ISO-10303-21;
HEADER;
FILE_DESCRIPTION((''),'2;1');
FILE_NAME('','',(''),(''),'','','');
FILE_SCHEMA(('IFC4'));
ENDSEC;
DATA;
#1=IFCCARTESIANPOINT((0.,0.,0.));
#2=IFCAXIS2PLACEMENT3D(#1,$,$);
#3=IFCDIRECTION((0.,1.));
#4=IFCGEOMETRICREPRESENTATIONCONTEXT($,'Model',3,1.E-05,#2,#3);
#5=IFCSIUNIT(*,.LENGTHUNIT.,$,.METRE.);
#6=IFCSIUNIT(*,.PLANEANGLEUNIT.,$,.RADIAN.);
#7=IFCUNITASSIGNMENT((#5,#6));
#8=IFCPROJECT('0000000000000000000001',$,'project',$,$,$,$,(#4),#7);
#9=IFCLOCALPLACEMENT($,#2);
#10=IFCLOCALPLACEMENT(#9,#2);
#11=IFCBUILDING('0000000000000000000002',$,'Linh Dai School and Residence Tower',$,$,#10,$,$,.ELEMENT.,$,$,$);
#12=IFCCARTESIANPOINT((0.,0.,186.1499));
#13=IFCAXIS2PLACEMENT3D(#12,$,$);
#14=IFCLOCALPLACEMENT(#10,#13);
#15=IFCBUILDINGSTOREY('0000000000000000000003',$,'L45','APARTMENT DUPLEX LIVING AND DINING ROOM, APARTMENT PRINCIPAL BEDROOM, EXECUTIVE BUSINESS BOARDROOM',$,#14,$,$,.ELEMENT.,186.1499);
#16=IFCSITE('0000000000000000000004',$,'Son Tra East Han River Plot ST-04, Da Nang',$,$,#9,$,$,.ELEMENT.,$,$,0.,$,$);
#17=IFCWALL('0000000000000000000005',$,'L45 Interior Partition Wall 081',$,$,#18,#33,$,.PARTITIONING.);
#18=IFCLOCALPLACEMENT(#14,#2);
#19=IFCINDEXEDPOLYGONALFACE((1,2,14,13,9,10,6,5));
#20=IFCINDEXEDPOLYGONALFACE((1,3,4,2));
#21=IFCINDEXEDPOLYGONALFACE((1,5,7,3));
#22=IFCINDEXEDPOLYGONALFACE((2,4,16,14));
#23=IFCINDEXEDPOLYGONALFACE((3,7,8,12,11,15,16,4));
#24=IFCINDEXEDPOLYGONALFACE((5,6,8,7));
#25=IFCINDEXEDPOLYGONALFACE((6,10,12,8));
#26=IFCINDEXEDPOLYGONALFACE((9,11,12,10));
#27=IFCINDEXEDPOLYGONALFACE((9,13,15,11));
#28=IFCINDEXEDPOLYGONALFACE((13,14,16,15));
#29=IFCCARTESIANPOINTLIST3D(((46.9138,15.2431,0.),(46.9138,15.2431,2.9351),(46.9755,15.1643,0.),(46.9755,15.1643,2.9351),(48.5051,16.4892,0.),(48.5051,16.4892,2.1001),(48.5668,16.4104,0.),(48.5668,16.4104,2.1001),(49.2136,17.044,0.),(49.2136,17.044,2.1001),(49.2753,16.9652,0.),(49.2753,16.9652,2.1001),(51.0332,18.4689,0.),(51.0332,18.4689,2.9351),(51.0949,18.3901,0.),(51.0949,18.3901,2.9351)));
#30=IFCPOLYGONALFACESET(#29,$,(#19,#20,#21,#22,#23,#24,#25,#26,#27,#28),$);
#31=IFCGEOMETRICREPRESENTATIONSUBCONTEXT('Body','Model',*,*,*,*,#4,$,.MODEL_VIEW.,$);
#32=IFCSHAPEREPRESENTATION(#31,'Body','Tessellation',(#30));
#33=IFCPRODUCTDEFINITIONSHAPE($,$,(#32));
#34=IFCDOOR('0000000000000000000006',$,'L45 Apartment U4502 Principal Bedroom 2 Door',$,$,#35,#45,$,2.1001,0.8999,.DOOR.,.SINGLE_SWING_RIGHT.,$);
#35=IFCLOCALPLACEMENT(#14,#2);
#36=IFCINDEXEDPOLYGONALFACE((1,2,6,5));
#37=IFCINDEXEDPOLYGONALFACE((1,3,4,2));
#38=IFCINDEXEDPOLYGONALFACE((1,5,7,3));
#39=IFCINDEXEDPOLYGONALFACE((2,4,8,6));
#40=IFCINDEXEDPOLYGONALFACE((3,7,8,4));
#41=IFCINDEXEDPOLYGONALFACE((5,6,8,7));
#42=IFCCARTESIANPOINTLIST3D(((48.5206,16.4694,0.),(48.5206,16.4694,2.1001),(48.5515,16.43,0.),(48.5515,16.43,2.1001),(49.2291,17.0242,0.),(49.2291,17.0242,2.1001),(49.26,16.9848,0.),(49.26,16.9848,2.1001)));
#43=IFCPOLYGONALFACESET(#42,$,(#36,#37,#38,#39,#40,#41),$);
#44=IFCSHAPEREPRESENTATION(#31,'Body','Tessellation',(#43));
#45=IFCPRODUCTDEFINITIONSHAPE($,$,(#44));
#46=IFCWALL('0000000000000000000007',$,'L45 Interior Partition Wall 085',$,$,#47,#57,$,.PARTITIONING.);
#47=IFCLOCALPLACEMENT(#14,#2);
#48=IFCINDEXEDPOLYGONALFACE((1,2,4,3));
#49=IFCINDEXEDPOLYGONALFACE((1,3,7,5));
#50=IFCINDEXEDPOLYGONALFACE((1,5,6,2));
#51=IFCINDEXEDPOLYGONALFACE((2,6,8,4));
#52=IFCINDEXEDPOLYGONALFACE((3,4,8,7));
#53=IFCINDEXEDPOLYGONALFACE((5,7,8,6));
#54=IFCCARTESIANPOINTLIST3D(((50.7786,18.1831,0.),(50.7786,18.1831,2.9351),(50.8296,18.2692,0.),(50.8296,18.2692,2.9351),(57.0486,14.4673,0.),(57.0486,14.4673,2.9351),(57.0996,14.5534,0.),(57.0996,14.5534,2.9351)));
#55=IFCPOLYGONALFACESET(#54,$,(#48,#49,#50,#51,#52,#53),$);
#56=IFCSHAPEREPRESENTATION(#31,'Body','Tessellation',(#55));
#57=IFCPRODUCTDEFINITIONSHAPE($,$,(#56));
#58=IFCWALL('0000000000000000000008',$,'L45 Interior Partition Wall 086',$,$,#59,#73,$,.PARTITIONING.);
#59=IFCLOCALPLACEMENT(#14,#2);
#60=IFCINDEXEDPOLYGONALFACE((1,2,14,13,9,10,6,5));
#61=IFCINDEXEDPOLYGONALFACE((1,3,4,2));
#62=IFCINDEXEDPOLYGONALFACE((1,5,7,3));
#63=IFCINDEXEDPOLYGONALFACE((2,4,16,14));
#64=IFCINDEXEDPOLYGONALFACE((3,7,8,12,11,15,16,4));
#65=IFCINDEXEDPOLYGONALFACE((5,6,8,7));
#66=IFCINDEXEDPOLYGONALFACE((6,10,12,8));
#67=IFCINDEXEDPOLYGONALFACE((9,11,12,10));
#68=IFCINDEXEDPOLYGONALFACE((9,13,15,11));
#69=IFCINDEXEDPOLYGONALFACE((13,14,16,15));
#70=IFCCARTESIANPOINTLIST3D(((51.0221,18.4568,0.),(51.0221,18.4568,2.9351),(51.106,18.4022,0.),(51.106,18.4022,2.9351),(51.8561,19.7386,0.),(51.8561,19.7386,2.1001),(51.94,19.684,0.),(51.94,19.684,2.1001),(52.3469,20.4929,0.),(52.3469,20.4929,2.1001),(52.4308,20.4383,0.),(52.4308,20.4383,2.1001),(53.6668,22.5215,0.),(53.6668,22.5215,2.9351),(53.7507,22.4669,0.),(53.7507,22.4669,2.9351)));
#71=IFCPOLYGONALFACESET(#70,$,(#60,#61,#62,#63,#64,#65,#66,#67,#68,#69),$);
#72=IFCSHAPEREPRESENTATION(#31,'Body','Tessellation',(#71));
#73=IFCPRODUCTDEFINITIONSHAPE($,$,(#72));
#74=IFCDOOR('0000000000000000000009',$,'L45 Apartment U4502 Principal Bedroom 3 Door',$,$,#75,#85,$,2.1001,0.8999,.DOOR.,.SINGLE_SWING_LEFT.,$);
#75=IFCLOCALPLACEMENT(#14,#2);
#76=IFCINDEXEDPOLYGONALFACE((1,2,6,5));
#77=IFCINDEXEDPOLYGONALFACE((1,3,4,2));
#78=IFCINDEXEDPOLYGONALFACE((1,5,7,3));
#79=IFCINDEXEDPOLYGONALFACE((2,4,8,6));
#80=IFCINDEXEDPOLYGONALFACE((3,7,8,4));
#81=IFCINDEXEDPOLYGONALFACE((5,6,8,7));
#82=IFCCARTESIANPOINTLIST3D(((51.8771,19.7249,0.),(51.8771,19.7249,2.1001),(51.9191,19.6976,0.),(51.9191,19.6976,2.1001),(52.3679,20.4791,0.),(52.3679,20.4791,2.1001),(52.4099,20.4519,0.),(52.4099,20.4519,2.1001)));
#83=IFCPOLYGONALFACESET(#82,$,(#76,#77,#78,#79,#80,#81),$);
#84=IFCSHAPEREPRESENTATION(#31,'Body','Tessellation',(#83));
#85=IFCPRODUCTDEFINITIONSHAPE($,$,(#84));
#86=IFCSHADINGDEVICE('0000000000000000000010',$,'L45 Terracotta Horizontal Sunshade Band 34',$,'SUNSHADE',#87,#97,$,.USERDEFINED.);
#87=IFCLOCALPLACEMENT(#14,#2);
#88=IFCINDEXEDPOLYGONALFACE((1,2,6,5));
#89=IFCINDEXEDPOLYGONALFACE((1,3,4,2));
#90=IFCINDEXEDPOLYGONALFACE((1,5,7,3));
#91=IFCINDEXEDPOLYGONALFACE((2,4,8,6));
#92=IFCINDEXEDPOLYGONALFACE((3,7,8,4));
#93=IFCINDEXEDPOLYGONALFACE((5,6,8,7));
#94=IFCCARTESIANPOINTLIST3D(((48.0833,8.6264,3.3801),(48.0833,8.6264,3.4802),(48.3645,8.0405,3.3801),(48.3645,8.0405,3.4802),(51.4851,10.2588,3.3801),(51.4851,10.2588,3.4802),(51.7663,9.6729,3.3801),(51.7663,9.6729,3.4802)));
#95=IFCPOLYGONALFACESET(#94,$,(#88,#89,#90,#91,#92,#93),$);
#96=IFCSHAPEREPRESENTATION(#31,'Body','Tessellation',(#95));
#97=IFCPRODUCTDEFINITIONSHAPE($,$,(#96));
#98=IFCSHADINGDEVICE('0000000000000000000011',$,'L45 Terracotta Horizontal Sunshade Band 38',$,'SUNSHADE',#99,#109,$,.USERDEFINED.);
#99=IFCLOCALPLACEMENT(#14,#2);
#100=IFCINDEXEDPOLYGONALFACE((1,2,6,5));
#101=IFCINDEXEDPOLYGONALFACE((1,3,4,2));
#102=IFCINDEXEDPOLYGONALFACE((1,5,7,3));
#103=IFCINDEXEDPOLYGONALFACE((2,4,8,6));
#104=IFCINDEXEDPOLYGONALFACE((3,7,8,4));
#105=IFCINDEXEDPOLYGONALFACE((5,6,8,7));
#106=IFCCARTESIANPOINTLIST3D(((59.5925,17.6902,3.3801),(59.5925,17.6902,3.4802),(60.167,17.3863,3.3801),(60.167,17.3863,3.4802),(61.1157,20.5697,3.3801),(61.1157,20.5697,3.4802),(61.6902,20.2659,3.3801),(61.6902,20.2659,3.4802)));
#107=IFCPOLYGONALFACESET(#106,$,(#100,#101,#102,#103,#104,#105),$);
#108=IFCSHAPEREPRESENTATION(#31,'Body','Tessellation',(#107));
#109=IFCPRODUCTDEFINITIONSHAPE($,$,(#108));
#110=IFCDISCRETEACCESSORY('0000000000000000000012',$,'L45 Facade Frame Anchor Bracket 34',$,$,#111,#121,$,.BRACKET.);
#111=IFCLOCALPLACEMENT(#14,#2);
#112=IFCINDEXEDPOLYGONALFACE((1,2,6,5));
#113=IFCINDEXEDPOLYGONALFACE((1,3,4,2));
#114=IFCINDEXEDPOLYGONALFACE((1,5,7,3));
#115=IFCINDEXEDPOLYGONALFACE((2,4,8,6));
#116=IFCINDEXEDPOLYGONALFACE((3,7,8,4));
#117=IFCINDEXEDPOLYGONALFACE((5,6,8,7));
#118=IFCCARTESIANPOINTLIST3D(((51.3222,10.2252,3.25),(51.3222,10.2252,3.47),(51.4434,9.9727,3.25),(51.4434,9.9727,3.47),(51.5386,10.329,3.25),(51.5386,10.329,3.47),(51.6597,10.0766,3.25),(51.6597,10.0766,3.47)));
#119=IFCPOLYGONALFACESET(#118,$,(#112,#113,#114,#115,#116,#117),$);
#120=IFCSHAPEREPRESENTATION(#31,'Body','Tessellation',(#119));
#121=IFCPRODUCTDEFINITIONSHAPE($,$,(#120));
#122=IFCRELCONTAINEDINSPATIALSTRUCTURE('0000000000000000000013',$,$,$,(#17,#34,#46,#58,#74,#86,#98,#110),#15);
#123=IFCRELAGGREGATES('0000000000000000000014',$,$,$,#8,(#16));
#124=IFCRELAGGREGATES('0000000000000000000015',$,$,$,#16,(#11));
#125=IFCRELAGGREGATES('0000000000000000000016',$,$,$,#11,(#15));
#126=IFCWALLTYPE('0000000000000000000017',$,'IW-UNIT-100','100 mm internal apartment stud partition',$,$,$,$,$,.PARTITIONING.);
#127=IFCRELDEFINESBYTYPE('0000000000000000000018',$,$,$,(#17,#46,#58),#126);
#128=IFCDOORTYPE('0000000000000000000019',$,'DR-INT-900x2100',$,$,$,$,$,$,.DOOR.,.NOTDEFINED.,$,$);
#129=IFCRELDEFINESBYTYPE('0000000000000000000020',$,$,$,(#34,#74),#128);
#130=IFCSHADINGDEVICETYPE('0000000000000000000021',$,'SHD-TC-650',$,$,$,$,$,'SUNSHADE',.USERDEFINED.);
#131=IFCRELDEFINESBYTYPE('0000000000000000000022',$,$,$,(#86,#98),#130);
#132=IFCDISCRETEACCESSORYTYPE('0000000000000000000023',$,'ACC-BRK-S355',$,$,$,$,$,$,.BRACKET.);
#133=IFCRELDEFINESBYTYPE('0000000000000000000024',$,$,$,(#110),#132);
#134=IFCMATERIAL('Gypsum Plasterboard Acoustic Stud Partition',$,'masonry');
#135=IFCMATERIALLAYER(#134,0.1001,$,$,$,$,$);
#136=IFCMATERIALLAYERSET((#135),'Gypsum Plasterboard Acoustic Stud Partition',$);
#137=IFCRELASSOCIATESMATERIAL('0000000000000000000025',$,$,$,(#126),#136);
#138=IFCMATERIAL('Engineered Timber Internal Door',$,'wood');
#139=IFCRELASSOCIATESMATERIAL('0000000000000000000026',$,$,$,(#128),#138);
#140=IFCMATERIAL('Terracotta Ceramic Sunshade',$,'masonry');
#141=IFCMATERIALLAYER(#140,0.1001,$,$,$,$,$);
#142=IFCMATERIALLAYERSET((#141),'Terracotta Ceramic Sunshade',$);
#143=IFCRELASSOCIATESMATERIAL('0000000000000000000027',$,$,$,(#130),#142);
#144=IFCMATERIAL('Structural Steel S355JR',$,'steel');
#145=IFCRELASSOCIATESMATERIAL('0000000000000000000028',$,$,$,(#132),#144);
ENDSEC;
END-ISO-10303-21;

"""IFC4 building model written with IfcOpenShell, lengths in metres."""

from ifc_helpers import new_model, si_unit, direction, frame, frame_2d, origin, origin_2d, place, context, subcontext, project, spatial, rectangle, extrude, source, transform, mapped, material, layer, layer_set, type_object, element, fill, save


model = new_model("IFC4")

# Units and contexts
model_context = context("Model", 3, precision=1e-05, world=origin(), true_north=direction((0.0, 1.0)))
body_context = subcontext(model_context, "Body", "Model", "MODEL_VIEW")
ifc_project = project(units=[si_unit("LENGTHUNIT", "METRE"), si_unit("PLANEANGLEUNIT", "RADIAN")], contexts=[model_context])

# Site, building, storey
site_placement = place(None, origin())
site = spatial("IfcSite", under=ifc_project, at=site_placement, Name="Son Tra East Han River Plot ST-04, Da Nang", CompositionType="ELEMENT", RefElevation=0.0)
building_placement = place(site_placement, origin())
building = spatial("IfcBuilding", under=site, at=building_placement, Name="Linh Dai School and Residence Tower", CompositionType="ELEMENT")
storey_placement = place(building_placement, frame((0.0, 0.0, 186.1499)))
storey = spatial("IfcBuildingStorey", under=building, at=storey_placement, Name="L45", Description="APARTMENT DUPLEX LIVING AND DINING ROOM, APARTMENT PRINCIPAL BEDROOM, EXECUTIVE BUSINESS BOARDROOM", CompositionType="ELEMENT", Elevation=186.1499)

# Shared definitions
ifc_material_1 = material(Name="Structural Steel S355JR", Category="steel")

# Shared definitions
ifc_material_2 = material(Name="Gypsum Plasterboard Acoustic Stud Partition", Category="masonry")
ifc_layer_1 = layer(ifc_material_2, 0.1001)
ifc_layer_set_1 = layer_set([ifc_layer_1], Name="Gypsum Plasterboard Acoustic Stud Partition")
wall_type_1 = type_object("IfcWallType", Name="IW-UNIT-100", Description="100 mm internal apartment stud partition", PredefinedType="PARTITIONING", material=ifc_layer_set_1)

# Wall, opening, door
wall_1_placement = place(storey_placement, frame((46.9446, 15.2036, 0.0), z_axis=(0.0, 0.0, 1.0), x_axis=(0.787323, 0.616541, 0.0)))
wall_1 = element("IfcWall", 1, at=wall_1_placement, inside=storey, type_object=wall_type_1, Name="L45 Interior Partition Wall 081", PredefinedType="PARTITIONING", context=body_context, shape_type="SweptSolid", body=[
    extrude(rectangle(XDim=5.2322, YDim=0.1001, at=frame_2d((2.6162, 0.0))), origin(), (0.0, 0.0, 1.0), 2.9351),
])
opening_1_placement = place(wall_1_placement, frame((2.0212, 0.0, 0.0)))
opening_1 = element("IfcOpeningElement", 2, at=opening_1_placement, cuts=wall_1, PredefinedType="OPENING", context=body_context, shape_type="SweptSolid", body=[
    extrude(rectangle(XDim=0.8999, YDim=2.1001, at=origin_2d()), frame((0.45, 0.0601, 1.05), z_axis=(0.0, -1.0, 0.0), x_axis=(1.0, 0.0, 0.0)), (0.0, 0.0, 1.0), 0.1201),
])
ifc_material_3 = material(Name="Engineered Timber Internal Door", Category="wood")
door_type = type_object("IfcDoorType", Name="DR-INT-900x2100", OperationType="NOTDEFINED", PredefinedType="DOOR", material=ifc_material_3)
shared_shape_1 = source(origin(), body_context, "Body", "SweptSolid", [
    extrude(rectangle(XDim=0.8999, YDim=2.1001, at=origin_2d()), frame((0.45, 0.0249, 1.05), z_axis=(0.0, -1.0, 0.0), x_axis=(1.0, 0.0, 0.0)), (0.0, 0.0, 1.0), 0.05),
])
door_1_placement = place(opening_1_placement, origin())
door_1 = element("IfcDoor", 3, at=door_1_placement, inside=storey, type_object=door_type, Name="L45 Apartment U4502 Principal Bedroom 2 Door", OperationType="SINGLE_SWING_RIGHT", OverallHeight=2.1001, OverallWidth=0.8999, PredefinedType="DOOR", context=body_context, shape_type="MappedRepresentation", body=[
    mapped(shared_shape_1, transform((0.0, 0.0, 0.0), x_axis=(1.0, 0.0, 0.0), y_axis=(0.0, 1.0, 0.0), z_axis=(0.0, 0.0, 1.0), scale=1.0)),
])
fill(opening_1, door_1)

# Wall
wall_2_placement = place(storey_placement, frame((50.8042, 18.2261, 0.0), z_axis=(0.0, 0.0, 1.0), x_axis=(0.860276, -0.509828, 0.0)))
element("IfcWall", 4, at=wall_2_placement, inside=storey, type_object=wall_type_1, Name="L45 Interior Partition Wall 085", PredefinedType="PARTITIONING", context=body_context, shape_type="SweptSolid", body=[
    extrude(rectangle(XDim=7.2883, YDim=0.1001, at=frame_2d((3.644, 0.0))), origin(), (0.0, 0.0, 1.0), 2.9351),
])

# Wall, opening, door
wall_3_placement = place(storey_placement, frame((51.064, 18.4294, 0.0), z_axis=(0.0, 0.0, 1.0), x_axis=(0.545383, 0.838187, 0.0)))
wall_3 = element("IfcWall", 5, at=wall_3_placement, inside=storey, type_object=wall_type_1, Name="L45 Interior Partition Wall 086", PredefinedType="PARTITIONING", context=body_context, shape_type="SweptSolid", body=[
    extrude(rectangle(XDim=4.8494, YDim=0.1001, at=frame_2d((2.4248, 0.0))), origin(), (0.0, 0.0, 1.0), 2.9351),
])
opening_2_placement = place(wall_3_placement, frame((1.5293, 0.0, 0.0)))
opening_2 = element("IfcOpeningElement", 6, at=opening_2_placement, cuts=wall_3, PredefinedType="OPENING", context=body_context, shape_type="SweptSolid", body=[
    extrude(rectangle(XDim=0.8999, YDim=2.1001, at=origin_2d()), frame((0.45, 0.0601, 1.05), z_axis=(0.0, -1.0, 0.0), x_axis=(1.0, 0.0, 0.0)), (0.0, 0.0, 1.0), 0.1201),
])
door_2_placement = place(opening_2_placement, origin())
door_2 = element("IfcDoor", 7, at=door_2_placement, inside=storey, type_object=door_type, Name="L45 Apartment U4502 Principal Bedroom 3 Door", OperationType="SINGLE_SWING_LEFT", OverallHeight=2.1001, OverallWidth=0.8999, PredefinedType="DOOR", context=body_context, shape_type="MappedRepresentation", body=[
    mapped(shared_shape_1, transform((0.0, 0.0, 0.0), x_axis=(1.0, 0.0, 0.0), y_axis=(0.0, 1.0, 0.0), z_axis=(0.0, 0.0, 1.0), scale=1.0)),
])
fill(opening_2, door_2)

# Shading devices
ifc_material_4 = material(Name="Terracotta Ceramic Sunshade", Category="masonry")
ifc_layer_2 = layer(ifc_material_4, 0.1001)
ifc_layer_set_2 = layer_set([ifc_layer_2], Name="Terracotta Ceramic Sunshade")
shading_device_type = type_object("IfcShadingDeviceType", Name="SHD-TC-650", ElementType="SUNSHADE", PredefinedType="USERDEFINED", material=ifc_layer_set_2)
shared_shape_2 = source(origin(), body_context, "Body", "SweptSolid", [
    extrude(rectangle(XDim=3.7732, YDim=0.6499, at=origin_2d()), origin(), (0.0, 0.0, 1.0), 0.1001),
])
shading_device_1_placement = place(storey_placement, frame((49.9248, 9.1497, 3.3801), z_axis=(0.0, 0.0, 1.0), x_axis=(-0.901569, -0.432635, 0.0)))
element("IfcShadingDevice", 8, at=shading_device_1_placement, inside=storey, type_object=shading_device_type, Name="L45 Terracotta Horizontal Sunshade Band 34", ObjectType="SUNSHADE", PredefinedType="USERDEFINED", context=body_context, shape_type="MappedRepresentation", body=[
    mapped(shared_shape_2, transform((0.0, 0.0, 0.0), x_axis=(1.0, 0.0, 0.0), y_axis=(0.0, 1.0, 0.0), z_axis=(0.0, 0.0, 1.0), scale=1.0)),
])
shared_shape_3 = source(origin(), body_context, "Body", "SweptSolid", [
    extrude(rectangle(XDim=3.2576, YDim=0.6499, at=origin_2d()), origin(), (0.0, 0.0, 1.0), 0.1001),
])
shading_device_2_placement = place(storey_placement, frame((60.6414, 18.978, 3.3801), z_axis=(0.0, 0.0, 1.0), x_axis=(-0.46758, -0.883951, 0.0)))
element("IfcShadingDevice", 9, at=shading_device_2_placement, inside=storey, type_object=shading_device_type, Name="L45 Terracotta Horizontal Sunshade Band 38", ObjectType="SUNSHADE", PredefinedType="USERDEFINED", context=body_context, shape_type="MappedRepresentation", body=[
    mapped(shared_shape_3, transform((0.0, 0.0, 0.0), x_axis=(1.0, 0.0, 0.0), y_axis=(0.0, 1.0, 0.0), z_axis=(0.0, 0.0, 1.0), scale=1.0)),
])

# Discrete accessory
discrete_accessory_type = type_object("IfcDiscreteAccessoryType", Name="ACC-BRK-S355", PredefinedType="BRACKET", material=ifc_material_1)
shared_shape_4 = source(origin(), body_context, "Body", "SweptSolid", [
    extrude(rectangle(XDim=0.28, YDim=0.24, at=origin_2d()), origin(), (0.0, 0.0, 1.0), 0.22),
])
discrete_accessory_placement = place(storey_placement, frame((51.491, 10.1509, 3.25), z_axis=(0.0, 0.0, 1.0), x_axis=(0.432635, -0.901569, 0.0)))
element("IfcDiscreteAccessory", 10, at=discrete_accessory_placement, inside=storey, type_object=discrete_accessory_type, Name="L45 Facade Frame Anchor Bracket 34", PredefinedType="BRACKET", context=body_context, shape_type="MappedRepresentation", body=[
    mapped(shared_shape_4, transform((0.0, 0.0, 0.0), x_axis=(1.0, 0.0, 0.0), y_axis=(0.0, 1.0, 0.0), z_axis=(0.0, 0.0, 1.0), scale=1.0)),
])

save(model, "model.ifc")
